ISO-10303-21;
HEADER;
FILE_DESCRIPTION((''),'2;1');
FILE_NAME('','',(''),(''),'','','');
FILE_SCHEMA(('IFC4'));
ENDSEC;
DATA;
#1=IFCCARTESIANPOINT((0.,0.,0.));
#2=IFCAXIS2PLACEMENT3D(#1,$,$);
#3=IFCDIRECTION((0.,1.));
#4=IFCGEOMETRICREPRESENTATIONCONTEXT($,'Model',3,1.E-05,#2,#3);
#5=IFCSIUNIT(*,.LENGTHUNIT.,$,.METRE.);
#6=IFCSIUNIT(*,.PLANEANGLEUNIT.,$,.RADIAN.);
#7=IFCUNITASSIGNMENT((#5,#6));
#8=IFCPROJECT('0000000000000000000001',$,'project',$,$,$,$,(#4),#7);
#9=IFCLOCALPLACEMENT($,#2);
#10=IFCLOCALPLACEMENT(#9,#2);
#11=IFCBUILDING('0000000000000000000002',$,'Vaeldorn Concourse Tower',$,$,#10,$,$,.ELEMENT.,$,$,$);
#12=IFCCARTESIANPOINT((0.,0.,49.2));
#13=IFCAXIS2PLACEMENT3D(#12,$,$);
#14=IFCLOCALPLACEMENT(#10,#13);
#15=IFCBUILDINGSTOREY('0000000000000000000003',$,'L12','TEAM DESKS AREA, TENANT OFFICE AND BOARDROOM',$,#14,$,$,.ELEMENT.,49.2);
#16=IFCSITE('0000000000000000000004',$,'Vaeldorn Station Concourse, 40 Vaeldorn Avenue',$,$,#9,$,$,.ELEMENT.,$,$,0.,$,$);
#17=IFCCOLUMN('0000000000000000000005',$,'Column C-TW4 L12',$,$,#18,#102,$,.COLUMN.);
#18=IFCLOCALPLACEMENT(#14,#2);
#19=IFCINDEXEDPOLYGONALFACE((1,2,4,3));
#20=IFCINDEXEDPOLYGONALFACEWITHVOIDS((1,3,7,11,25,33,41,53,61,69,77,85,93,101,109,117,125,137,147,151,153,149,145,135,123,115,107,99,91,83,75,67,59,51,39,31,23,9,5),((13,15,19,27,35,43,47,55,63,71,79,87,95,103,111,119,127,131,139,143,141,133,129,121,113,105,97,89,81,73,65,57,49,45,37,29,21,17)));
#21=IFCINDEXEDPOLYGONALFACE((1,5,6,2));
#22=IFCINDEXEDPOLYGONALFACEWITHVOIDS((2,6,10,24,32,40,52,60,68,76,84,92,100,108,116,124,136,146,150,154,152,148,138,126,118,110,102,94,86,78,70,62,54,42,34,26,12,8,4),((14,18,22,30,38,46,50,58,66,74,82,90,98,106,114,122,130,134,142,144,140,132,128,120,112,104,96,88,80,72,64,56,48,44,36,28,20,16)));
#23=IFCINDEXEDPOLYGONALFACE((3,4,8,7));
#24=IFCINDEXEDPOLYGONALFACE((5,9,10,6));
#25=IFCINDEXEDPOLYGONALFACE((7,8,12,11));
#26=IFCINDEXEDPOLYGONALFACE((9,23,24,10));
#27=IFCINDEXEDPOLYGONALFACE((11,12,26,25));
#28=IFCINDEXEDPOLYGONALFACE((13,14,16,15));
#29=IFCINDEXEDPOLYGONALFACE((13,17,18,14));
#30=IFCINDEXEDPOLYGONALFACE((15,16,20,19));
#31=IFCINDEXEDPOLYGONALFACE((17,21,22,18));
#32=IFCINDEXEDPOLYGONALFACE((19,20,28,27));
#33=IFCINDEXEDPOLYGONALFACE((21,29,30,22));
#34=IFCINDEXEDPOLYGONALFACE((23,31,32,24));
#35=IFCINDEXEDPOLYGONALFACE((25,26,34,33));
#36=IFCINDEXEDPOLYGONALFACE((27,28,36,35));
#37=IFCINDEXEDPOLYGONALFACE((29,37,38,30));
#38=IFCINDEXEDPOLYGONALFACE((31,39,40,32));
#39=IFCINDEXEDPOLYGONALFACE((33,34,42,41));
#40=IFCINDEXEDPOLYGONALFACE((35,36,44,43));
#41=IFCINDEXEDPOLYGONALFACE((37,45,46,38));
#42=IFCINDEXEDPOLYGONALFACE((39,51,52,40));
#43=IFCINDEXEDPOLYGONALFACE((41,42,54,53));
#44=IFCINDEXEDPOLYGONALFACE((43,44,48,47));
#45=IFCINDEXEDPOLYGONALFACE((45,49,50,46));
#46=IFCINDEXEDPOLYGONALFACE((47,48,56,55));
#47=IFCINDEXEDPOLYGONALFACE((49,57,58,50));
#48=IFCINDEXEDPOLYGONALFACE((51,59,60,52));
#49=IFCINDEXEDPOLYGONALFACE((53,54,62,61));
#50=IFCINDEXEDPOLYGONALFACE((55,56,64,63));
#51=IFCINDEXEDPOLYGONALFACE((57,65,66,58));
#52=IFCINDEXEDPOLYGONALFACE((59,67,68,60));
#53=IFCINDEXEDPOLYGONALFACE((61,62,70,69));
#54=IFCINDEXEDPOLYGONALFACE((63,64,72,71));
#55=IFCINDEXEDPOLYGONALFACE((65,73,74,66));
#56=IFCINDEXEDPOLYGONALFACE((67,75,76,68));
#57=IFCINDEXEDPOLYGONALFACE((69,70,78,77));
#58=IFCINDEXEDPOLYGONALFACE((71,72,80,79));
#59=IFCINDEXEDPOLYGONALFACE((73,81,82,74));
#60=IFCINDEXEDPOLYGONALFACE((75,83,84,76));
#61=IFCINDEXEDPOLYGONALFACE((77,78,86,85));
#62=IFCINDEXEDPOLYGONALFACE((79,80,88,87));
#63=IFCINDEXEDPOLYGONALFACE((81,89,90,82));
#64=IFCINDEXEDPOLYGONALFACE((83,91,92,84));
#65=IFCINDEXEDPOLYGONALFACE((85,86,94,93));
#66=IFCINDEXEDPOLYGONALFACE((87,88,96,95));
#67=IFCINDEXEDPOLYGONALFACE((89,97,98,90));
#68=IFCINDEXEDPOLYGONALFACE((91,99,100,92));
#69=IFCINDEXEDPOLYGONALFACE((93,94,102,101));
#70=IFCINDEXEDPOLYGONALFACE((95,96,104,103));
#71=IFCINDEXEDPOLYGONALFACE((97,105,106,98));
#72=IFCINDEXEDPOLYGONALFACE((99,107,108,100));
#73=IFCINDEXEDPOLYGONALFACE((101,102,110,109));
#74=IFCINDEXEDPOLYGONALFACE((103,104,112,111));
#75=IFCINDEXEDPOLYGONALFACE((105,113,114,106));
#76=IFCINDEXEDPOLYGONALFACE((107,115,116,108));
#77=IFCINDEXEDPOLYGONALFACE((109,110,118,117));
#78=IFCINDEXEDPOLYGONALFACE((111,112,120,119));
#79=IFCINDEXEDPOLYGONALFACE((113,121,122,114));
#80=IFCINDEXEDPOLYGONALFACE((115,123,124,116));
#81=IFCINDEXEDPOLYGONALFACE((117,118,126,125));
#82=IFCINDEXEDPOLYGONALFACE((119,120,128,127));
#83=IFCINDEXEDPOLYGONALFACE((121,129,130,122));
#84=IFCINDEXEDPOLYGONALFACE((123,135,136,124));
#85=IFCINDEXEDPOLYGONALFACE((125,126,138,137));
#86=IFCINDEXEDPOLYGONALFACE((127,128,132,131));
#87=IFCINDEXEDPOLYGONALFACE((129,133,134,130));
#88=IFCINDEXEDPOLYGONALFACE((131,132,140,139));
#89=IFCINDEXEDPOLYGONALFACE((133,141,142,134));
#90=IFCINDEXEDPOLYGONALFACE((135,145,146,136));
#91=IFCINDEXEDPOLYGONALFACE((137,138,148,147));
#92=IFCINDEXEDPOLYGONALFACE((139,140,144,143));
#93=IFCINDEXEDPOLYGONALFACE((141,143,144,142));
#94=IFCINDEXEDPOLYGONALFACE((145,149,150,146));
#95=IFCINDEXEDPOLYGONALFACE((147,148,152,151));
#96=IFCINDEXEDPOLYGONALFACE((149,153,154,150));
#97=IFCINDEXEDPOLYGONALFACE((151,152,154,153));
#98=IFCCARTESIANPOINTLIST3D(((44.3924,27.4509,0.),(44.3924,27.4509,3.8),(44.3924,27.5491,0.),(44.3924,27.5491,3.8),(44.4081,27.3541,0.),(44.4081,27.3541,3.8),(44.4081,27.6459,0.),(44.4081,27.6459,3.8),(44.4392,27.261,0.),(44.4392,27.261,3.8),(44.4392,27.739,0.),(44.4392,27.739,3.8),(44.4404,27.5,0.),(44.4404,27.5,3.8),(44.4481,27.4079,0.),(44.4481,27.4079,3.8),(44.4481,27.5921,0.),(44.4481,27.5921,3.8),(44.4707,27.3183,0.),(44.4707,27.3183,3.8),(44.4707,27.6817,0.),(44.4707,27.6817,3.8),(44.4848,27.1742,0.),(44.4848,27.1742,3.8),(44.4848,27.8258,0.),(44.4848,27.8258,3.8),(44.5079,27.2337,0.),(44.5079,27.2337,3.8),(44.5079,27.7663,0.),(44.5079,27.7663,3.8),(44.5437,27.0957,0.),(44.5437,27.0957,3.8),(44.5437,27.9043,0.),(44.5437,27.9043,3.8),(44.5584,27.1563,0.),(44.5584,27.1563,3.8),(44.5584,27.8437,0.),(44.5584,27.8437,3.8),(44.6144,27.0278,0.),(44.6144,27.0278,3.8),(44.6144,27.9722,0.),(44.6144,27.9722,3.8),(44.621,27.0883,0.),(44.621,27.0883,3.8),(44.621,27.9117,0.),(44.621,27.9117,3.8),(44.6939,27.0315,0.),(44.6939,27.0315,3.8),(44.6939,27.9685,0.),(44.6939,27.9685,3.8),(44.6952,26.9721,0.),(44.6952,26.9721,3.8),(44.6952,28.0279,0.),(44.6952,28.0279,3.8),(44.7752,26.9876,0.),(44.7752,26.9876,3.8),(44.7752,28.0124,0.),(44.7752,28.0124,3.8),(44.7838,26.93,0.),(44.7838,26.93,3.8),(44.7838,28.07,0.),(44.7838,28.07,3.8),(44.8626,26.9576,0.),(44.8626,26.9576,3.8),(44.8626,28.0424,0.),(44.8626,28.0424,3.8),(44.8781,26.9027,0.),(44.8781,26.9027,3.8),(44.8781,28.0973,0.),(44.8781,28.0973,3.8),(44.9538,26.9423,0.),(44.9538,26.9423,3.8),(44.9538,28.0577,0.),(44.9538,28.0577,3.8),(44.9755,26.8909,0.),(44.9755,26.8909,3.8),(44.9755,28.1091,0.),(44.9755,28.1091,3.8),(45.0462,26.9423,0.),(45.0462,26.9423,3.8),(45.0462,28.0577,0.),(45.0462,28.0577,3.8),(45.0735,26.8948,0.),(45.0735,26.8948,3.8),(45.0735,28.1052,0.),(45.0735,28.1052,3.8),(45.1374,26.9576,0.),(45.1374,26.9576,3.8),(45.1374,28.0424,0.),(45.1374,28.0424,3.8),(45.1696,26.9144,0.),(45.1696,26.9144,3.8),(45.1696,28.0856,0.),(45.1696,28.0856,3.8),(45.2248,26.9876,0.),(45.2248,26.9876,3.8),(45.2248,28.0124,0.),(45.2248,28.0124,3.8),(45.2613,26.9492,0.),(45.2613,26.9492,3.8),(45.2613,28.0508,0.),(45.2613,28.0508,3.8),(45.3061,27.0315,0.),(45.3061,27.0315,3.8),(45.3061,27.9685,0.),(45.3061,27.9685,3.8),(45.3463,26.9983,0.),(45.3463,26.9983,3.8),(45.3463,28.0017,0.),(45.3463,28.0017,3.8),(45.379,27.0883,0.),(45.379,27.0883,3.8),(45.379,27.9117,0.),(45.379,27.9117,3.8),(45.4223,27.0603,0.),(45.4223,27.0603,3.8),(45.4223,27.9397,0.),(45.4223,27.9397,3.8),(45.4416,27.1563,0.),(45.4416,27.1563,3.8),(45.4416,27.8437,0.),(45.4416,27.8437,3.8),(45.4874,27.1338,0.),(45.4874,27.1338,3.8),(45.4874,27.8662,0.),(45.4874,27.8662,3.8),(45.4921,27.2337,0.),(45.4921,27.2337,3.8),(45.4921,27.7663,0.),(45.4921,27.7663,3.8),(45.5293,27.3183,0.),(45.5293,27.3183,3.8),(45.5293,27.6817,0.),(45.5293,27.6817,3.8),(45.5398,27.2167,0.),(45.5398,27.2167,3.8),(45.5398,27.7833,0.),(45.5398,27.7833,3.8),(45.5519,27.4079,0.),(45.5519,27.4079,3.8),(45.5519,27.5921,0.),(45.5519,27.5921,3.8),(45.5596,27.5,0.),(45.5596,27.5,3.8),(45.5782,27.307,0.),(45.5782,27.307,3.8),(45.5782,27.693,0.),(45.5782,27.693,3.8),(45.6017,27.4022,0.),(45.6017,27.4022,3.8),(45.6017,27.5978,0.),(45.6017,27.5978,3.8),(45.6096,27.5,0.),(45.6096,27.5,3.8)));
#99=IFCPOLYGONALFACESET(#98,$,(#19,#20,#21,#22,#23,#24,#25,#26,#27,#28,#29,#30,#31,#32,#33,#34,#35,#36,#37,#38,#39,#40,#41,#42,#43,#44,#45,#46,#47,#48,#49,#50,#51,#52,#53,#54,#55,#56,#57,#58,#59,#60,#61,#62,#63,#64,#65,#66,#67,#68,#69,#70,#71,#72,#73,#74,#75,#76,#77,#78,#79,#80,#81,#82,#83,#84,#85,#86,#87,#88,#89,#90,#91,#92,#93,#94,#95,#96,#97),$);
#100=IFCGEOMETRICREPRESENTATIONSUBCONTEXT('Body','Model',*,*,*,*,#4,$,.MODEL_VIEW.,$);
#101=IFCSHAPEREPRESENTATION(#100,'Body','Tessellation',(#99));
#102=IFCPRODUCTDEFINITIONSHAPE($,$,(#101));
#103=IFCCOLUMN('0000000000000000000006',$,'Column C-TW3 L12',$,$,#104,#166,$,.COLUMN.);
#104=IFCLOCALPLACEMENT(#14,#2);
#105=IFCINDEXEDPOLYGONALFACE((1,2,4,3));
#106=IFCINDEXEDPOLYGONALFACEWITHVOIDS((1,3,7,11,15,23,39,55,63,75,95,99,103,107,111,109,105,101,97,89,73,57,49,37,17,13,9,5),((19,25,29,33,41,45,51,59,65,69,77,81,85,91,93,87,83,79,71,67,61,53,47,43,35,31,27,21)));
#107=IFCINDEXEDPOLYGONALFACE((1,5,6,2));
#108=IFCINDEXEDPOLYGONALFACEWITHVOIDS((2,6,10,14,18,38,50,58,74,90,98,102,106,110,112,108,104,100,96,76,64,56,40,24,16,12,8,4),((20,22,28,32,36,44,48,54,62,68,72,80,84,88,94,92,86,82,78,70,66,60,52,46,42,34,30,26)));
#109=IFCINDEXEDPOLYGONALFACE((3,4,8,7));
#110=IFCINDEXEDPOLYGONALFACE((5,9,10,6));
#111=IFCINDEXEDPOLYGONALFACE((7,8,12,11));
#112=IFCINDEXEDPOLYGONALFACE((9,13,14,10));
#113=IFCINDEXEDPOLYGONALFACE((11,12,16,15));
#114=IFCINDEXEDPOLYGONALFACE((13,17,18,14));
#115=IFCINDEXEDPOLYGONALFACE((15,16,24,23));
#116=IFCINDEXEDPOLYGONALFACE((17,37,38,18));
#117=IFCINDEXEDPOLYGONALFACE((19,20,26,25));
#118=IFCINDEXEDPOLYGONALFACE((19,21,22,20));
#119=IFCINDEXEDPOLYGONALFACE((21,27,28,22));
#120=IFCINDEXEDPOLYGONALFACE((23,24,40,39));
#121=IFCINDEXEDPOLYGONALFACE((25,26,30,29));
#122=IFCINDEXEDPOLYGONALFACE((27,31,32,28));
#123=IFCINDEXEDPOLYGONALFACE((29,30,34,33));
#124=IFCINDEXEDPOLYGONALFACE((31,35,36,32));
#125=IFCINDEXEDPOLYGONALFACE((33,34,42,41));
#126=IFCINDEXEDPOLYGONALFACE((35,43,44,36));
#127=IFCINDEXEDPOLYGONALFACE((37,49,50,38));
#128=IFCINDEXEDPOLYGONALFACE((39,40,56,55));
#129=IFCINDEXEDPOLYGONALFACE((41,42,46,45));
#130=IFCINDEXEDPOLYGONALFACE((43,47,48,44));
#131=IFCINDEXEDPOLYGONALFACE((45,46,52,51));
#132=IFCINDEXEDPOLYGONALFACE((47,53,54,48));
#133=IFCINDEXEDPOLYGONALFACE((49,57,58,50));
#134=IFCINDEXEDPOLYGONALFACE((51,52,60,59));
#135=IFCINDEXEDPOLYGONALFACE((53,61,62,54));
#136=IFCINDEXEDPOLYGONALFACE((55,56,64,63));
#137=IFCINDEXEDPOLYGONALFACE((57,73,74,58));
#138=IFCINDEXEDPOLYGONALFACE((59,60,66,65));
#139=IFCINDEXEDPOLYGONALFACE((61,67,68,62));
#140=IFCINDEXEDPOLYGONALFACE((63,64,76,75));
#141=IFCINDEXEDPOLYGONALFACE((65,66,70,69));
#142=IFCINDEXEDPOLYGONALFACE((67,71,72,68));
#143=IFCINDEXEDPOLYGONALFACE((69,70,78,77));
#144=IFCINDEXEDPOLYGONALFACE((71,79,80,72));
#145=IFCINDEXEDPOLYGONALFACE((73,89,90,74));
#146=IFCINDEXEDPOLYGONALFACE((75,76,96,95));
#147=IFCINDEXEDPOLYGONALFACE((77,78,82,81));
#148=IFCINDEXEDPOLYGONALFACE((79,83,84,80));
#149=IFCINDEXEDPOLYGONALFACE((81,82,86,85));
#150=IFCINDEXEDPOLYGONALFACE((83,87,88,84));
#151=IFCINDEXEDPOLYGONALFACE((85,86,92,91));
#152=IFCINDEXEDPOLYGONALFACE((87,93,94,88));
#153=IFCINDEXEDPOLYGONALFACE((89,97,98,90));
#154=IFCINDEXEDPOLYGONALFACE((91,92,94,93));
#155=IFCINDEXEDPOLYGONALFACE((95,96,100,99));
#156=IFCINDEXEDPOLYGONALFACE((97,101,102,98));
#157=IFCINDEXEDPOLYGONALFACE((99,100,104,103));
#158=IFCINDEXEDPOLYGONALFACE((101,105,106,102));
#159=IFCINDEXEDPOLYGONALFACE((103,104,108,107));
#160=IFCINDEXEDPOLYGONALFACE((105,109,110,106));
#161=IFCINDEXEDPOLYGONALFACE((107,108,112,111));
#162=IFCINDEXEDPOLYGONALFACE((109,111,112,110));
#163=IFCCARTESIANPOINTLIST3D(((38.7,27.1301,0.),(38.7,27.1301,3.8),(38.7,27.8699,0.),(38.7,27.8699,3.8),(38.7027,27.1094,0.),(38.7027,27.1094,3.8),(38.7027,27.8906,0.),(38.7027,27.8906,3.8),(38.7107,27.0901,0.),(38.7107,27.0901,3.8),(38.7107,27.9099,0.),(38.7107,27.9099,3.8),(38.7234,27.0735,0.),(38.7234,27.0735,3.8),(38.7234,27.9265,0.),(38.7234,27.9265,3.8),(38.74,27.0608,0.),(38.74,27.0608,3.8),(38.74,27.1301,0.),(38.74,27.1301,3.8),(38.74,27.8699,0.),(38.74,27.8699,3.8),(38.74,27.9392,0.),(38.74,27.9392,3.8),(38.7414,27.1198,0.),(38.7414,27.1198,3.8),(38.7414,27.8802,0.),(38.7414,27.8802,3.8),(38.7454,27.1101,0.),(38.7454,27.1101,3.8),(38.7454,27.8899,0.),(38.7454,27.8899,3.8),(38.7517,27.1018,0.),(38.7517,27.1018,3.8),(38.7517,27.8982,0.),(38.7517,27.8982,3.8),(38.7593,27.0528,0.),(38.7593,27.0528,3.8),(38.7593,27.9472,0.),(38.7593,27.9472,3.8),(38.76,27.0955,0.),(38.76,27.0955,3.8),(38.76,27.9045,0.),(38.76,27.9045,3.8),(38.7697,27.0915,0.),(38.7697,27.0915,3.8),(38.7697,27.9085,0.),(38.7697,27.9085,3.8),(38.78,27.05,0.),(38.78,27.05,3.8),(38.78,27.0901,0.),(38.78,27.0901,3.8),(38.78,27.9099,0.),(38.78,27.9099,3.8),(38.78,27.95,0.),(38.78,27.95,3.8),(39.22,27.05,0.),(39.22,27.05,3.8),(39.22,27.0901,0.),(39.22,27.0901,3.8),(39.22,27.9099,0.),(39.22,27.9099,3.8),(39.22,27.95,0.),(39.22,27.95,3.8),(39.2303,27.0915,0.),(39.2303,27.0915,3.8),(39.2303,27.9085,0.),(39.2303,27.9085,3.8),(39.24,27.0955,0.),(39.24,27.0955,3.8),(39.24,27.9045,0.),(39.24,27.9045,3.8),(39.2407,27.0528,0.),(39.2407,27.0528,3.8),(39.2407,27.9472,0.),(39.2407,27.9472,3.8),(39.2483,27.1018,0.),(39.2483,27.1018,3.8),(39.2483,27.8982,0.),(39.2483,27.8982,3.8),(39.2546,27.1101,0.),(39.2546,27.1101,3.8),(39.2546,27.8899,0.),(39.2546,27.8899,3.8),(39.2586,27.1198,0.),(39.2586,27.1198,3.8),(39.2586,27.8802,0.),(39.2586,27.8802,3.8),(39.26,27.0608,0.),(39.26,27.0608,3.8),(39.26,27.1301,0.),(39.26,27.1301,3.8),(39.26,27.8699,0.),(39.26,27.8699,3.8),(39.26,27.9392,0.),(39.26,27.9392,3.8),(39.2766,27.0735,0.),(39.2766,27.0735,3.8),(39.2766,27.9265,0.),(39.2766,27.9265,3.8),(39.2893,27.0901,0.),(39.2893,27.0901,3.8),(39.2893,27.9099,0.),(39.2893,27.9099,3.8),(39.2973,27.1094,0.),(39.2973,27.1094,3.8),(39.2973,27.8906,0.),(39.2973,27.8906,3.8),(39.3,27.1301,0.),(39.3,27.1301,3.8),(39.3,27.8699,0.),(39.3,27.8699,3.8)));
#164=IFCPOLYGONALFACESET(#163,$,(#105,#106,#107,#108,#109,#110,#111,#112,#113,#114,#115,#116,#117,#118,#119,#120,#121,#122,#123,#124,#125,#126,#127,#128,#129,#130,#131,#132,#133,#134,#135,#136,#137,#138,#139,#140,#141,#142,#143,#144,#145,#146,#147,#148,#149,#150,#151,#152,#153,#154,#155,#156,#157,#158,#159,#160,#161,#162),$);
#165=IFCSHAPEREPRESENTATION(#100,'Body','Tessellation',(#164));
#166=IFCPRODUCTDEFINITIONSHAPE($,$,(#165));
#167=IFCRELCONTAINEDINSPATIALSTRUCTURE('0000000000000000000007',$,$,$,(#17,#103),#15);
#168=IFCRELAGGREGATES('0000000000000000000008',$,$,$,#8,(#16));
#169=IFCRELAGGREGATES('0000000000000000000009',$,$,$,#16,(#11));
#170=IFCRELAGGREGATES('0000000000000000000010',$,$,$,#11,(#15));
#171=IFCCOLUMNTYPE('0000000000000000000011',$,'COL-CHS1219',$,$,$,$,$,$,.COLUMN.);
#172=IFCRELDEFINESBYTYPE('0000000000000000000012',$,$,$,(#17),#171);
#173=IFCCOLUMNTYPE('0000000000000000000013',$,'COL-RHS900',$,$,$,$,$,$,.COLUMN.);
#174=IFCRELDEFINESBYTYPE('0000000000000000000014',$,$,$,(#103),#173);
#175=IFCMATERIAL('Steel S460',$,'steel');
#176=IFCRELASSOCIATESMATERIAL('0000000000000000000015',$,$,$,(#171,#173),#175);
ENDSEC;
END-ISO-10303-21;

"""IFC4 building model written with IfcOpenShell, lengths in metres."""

from ifc_helpers import new_model, si_unit, direction, frame, origin, origin_2d, place, context, subcontext, project, spatial, hollow_rectangle, hollow_circle, extrude, source, transform, mapped, material, material_profile, profile_set, type_object, element, save


model = new_model("IFC4")

# Units and contexts
model_context = context("Model", 3, precision=1e-05, world=origin(), true_north=direction((0.0, 1.0)))
body_context = subcontext(model_context, "Body", "Model", "MODEL_VIEW")
ifc_project = project(units=[si_unit("LENGTHUNIT", "METRE"), si_unit("PLANEANGLEUNIT", "RADIAN")], contexts=[model_context])

# Site, building, storey
site_placement = place(None, origin())
site = spatial("IfcSite", under=ifc_project, at=site_placement, Name="Vaeldorn Station Concourse, 40 Vaeldorn Avenue", CompositionType="ELEMENT", RefElevation=0.0)
building_placement = place(site_placement, origin())
building = spatial("IfcBuilding", under=site, at=building_placement, Name="Vaeldorn Concourse Tower", CompositionType="ELEMENT")
storey_placement = place(building_placement, frame((0.0, 0.0, 49.2)))
storey = spatial("IfcBuildingStorey", under=building, at=storey_placement, Name="L12", Description="TEAM DESKS AREA, TENANT OFFICE AND BOARDROOM", CompositionType="ELEMENT", Elevation=49.2)

# Columns
ifc_material_1 = material(Name="Steel S460", Category="steel")
ifc_material_profile_1 = material_profile(ifc_material_1, hollow_circle(Radius=0.6096, WallThickness=0.05, at=origin_2d()), Name="CHS 1219x50")
ifc_profile_set_1 = profile_set([ifc_material_profile_1], Name="Steel S460")
column_type_1 = type_object("IfcColumnType", Name="COL-CHS1219", PredefinedType="COLUMN", material=ifc_profile_set_1)
shared_shape_1 = source(origin(), body_context, "Body", "SweptSolid", [
    extrude(hollow_circle(Radius=0.6096, WallThickness=0.05, at=origin_2d()), origin(), (0.0, 0.0, 1.0), 3.8),
])
column_placement = place(storey_placement, frame((45.0, 27.5, 0.0), z_axis=(0.0, 0.0, 1.0), x_axis=(1.0, 0.0, 0.0)))
element("IfcColumn", 1, at=column_placement, inside=storey, type_object=column_type_1, Name="Column C-TW4 L12", PredefinedType="COLUMN", context=body_context, shape_type="MappedRepresentation", body=[
    mapped(shared_shape_1, transform((0.0, 0.0, 0.0), scale=1.0)),
])
ifc_material_profile_2 = material_profile(ifc_material_1, hollow_rectangle(XDim=0.6001, YDim=0.8999, WallThickness=0.04, InnerFilletRadius=0.04, OuterFilletRadius=0.0801, at=origin_2d()), Name="RHS 900x600x40")
ifc_profile_set_2 = profile_set([ifc_material_profile_2], Name="Steel S460")
column_type_2 = type_object("IfcColumnType", Name="COL-RHS900", PredefinedType="COLUMN", material=ifc_profile_set_2)
shared_shape_2 = source(origin(), body_context, "Body", "SweptSolid", [
    extrude(hollow_rectangle(XDim=0.6001, YDim=0.8999, WallThickness=0.04, InnerFilletRadius=0.04, OuterFilletRadius=0.0801, at=origin_2d()), origin(), (0.0, 0.0, 1.0), 3.8),
])
for number, where, z_axis, x_axis, name in (
    (2, (39.0, 27.5, 0.0), (0.0, 0.0, 1.0), (1.0, 0.0, 0.0), "Column C-TW3 L12"),
):
    element("IfcColumn", number, at=place(storey_placement, frame(where, z_axis=z_axis, x_axis=x_axis)), inside=storey, type_object=column_type_2, Name=name, PredefinedType="COLUMN", context=body_context, shape_type="MappedRepresentation", body=[
        mapped(shared_shape_2, transform((0.0, 0.0, 0.0), scale=1.0)),
    ])

save(model, "model.ifc")
